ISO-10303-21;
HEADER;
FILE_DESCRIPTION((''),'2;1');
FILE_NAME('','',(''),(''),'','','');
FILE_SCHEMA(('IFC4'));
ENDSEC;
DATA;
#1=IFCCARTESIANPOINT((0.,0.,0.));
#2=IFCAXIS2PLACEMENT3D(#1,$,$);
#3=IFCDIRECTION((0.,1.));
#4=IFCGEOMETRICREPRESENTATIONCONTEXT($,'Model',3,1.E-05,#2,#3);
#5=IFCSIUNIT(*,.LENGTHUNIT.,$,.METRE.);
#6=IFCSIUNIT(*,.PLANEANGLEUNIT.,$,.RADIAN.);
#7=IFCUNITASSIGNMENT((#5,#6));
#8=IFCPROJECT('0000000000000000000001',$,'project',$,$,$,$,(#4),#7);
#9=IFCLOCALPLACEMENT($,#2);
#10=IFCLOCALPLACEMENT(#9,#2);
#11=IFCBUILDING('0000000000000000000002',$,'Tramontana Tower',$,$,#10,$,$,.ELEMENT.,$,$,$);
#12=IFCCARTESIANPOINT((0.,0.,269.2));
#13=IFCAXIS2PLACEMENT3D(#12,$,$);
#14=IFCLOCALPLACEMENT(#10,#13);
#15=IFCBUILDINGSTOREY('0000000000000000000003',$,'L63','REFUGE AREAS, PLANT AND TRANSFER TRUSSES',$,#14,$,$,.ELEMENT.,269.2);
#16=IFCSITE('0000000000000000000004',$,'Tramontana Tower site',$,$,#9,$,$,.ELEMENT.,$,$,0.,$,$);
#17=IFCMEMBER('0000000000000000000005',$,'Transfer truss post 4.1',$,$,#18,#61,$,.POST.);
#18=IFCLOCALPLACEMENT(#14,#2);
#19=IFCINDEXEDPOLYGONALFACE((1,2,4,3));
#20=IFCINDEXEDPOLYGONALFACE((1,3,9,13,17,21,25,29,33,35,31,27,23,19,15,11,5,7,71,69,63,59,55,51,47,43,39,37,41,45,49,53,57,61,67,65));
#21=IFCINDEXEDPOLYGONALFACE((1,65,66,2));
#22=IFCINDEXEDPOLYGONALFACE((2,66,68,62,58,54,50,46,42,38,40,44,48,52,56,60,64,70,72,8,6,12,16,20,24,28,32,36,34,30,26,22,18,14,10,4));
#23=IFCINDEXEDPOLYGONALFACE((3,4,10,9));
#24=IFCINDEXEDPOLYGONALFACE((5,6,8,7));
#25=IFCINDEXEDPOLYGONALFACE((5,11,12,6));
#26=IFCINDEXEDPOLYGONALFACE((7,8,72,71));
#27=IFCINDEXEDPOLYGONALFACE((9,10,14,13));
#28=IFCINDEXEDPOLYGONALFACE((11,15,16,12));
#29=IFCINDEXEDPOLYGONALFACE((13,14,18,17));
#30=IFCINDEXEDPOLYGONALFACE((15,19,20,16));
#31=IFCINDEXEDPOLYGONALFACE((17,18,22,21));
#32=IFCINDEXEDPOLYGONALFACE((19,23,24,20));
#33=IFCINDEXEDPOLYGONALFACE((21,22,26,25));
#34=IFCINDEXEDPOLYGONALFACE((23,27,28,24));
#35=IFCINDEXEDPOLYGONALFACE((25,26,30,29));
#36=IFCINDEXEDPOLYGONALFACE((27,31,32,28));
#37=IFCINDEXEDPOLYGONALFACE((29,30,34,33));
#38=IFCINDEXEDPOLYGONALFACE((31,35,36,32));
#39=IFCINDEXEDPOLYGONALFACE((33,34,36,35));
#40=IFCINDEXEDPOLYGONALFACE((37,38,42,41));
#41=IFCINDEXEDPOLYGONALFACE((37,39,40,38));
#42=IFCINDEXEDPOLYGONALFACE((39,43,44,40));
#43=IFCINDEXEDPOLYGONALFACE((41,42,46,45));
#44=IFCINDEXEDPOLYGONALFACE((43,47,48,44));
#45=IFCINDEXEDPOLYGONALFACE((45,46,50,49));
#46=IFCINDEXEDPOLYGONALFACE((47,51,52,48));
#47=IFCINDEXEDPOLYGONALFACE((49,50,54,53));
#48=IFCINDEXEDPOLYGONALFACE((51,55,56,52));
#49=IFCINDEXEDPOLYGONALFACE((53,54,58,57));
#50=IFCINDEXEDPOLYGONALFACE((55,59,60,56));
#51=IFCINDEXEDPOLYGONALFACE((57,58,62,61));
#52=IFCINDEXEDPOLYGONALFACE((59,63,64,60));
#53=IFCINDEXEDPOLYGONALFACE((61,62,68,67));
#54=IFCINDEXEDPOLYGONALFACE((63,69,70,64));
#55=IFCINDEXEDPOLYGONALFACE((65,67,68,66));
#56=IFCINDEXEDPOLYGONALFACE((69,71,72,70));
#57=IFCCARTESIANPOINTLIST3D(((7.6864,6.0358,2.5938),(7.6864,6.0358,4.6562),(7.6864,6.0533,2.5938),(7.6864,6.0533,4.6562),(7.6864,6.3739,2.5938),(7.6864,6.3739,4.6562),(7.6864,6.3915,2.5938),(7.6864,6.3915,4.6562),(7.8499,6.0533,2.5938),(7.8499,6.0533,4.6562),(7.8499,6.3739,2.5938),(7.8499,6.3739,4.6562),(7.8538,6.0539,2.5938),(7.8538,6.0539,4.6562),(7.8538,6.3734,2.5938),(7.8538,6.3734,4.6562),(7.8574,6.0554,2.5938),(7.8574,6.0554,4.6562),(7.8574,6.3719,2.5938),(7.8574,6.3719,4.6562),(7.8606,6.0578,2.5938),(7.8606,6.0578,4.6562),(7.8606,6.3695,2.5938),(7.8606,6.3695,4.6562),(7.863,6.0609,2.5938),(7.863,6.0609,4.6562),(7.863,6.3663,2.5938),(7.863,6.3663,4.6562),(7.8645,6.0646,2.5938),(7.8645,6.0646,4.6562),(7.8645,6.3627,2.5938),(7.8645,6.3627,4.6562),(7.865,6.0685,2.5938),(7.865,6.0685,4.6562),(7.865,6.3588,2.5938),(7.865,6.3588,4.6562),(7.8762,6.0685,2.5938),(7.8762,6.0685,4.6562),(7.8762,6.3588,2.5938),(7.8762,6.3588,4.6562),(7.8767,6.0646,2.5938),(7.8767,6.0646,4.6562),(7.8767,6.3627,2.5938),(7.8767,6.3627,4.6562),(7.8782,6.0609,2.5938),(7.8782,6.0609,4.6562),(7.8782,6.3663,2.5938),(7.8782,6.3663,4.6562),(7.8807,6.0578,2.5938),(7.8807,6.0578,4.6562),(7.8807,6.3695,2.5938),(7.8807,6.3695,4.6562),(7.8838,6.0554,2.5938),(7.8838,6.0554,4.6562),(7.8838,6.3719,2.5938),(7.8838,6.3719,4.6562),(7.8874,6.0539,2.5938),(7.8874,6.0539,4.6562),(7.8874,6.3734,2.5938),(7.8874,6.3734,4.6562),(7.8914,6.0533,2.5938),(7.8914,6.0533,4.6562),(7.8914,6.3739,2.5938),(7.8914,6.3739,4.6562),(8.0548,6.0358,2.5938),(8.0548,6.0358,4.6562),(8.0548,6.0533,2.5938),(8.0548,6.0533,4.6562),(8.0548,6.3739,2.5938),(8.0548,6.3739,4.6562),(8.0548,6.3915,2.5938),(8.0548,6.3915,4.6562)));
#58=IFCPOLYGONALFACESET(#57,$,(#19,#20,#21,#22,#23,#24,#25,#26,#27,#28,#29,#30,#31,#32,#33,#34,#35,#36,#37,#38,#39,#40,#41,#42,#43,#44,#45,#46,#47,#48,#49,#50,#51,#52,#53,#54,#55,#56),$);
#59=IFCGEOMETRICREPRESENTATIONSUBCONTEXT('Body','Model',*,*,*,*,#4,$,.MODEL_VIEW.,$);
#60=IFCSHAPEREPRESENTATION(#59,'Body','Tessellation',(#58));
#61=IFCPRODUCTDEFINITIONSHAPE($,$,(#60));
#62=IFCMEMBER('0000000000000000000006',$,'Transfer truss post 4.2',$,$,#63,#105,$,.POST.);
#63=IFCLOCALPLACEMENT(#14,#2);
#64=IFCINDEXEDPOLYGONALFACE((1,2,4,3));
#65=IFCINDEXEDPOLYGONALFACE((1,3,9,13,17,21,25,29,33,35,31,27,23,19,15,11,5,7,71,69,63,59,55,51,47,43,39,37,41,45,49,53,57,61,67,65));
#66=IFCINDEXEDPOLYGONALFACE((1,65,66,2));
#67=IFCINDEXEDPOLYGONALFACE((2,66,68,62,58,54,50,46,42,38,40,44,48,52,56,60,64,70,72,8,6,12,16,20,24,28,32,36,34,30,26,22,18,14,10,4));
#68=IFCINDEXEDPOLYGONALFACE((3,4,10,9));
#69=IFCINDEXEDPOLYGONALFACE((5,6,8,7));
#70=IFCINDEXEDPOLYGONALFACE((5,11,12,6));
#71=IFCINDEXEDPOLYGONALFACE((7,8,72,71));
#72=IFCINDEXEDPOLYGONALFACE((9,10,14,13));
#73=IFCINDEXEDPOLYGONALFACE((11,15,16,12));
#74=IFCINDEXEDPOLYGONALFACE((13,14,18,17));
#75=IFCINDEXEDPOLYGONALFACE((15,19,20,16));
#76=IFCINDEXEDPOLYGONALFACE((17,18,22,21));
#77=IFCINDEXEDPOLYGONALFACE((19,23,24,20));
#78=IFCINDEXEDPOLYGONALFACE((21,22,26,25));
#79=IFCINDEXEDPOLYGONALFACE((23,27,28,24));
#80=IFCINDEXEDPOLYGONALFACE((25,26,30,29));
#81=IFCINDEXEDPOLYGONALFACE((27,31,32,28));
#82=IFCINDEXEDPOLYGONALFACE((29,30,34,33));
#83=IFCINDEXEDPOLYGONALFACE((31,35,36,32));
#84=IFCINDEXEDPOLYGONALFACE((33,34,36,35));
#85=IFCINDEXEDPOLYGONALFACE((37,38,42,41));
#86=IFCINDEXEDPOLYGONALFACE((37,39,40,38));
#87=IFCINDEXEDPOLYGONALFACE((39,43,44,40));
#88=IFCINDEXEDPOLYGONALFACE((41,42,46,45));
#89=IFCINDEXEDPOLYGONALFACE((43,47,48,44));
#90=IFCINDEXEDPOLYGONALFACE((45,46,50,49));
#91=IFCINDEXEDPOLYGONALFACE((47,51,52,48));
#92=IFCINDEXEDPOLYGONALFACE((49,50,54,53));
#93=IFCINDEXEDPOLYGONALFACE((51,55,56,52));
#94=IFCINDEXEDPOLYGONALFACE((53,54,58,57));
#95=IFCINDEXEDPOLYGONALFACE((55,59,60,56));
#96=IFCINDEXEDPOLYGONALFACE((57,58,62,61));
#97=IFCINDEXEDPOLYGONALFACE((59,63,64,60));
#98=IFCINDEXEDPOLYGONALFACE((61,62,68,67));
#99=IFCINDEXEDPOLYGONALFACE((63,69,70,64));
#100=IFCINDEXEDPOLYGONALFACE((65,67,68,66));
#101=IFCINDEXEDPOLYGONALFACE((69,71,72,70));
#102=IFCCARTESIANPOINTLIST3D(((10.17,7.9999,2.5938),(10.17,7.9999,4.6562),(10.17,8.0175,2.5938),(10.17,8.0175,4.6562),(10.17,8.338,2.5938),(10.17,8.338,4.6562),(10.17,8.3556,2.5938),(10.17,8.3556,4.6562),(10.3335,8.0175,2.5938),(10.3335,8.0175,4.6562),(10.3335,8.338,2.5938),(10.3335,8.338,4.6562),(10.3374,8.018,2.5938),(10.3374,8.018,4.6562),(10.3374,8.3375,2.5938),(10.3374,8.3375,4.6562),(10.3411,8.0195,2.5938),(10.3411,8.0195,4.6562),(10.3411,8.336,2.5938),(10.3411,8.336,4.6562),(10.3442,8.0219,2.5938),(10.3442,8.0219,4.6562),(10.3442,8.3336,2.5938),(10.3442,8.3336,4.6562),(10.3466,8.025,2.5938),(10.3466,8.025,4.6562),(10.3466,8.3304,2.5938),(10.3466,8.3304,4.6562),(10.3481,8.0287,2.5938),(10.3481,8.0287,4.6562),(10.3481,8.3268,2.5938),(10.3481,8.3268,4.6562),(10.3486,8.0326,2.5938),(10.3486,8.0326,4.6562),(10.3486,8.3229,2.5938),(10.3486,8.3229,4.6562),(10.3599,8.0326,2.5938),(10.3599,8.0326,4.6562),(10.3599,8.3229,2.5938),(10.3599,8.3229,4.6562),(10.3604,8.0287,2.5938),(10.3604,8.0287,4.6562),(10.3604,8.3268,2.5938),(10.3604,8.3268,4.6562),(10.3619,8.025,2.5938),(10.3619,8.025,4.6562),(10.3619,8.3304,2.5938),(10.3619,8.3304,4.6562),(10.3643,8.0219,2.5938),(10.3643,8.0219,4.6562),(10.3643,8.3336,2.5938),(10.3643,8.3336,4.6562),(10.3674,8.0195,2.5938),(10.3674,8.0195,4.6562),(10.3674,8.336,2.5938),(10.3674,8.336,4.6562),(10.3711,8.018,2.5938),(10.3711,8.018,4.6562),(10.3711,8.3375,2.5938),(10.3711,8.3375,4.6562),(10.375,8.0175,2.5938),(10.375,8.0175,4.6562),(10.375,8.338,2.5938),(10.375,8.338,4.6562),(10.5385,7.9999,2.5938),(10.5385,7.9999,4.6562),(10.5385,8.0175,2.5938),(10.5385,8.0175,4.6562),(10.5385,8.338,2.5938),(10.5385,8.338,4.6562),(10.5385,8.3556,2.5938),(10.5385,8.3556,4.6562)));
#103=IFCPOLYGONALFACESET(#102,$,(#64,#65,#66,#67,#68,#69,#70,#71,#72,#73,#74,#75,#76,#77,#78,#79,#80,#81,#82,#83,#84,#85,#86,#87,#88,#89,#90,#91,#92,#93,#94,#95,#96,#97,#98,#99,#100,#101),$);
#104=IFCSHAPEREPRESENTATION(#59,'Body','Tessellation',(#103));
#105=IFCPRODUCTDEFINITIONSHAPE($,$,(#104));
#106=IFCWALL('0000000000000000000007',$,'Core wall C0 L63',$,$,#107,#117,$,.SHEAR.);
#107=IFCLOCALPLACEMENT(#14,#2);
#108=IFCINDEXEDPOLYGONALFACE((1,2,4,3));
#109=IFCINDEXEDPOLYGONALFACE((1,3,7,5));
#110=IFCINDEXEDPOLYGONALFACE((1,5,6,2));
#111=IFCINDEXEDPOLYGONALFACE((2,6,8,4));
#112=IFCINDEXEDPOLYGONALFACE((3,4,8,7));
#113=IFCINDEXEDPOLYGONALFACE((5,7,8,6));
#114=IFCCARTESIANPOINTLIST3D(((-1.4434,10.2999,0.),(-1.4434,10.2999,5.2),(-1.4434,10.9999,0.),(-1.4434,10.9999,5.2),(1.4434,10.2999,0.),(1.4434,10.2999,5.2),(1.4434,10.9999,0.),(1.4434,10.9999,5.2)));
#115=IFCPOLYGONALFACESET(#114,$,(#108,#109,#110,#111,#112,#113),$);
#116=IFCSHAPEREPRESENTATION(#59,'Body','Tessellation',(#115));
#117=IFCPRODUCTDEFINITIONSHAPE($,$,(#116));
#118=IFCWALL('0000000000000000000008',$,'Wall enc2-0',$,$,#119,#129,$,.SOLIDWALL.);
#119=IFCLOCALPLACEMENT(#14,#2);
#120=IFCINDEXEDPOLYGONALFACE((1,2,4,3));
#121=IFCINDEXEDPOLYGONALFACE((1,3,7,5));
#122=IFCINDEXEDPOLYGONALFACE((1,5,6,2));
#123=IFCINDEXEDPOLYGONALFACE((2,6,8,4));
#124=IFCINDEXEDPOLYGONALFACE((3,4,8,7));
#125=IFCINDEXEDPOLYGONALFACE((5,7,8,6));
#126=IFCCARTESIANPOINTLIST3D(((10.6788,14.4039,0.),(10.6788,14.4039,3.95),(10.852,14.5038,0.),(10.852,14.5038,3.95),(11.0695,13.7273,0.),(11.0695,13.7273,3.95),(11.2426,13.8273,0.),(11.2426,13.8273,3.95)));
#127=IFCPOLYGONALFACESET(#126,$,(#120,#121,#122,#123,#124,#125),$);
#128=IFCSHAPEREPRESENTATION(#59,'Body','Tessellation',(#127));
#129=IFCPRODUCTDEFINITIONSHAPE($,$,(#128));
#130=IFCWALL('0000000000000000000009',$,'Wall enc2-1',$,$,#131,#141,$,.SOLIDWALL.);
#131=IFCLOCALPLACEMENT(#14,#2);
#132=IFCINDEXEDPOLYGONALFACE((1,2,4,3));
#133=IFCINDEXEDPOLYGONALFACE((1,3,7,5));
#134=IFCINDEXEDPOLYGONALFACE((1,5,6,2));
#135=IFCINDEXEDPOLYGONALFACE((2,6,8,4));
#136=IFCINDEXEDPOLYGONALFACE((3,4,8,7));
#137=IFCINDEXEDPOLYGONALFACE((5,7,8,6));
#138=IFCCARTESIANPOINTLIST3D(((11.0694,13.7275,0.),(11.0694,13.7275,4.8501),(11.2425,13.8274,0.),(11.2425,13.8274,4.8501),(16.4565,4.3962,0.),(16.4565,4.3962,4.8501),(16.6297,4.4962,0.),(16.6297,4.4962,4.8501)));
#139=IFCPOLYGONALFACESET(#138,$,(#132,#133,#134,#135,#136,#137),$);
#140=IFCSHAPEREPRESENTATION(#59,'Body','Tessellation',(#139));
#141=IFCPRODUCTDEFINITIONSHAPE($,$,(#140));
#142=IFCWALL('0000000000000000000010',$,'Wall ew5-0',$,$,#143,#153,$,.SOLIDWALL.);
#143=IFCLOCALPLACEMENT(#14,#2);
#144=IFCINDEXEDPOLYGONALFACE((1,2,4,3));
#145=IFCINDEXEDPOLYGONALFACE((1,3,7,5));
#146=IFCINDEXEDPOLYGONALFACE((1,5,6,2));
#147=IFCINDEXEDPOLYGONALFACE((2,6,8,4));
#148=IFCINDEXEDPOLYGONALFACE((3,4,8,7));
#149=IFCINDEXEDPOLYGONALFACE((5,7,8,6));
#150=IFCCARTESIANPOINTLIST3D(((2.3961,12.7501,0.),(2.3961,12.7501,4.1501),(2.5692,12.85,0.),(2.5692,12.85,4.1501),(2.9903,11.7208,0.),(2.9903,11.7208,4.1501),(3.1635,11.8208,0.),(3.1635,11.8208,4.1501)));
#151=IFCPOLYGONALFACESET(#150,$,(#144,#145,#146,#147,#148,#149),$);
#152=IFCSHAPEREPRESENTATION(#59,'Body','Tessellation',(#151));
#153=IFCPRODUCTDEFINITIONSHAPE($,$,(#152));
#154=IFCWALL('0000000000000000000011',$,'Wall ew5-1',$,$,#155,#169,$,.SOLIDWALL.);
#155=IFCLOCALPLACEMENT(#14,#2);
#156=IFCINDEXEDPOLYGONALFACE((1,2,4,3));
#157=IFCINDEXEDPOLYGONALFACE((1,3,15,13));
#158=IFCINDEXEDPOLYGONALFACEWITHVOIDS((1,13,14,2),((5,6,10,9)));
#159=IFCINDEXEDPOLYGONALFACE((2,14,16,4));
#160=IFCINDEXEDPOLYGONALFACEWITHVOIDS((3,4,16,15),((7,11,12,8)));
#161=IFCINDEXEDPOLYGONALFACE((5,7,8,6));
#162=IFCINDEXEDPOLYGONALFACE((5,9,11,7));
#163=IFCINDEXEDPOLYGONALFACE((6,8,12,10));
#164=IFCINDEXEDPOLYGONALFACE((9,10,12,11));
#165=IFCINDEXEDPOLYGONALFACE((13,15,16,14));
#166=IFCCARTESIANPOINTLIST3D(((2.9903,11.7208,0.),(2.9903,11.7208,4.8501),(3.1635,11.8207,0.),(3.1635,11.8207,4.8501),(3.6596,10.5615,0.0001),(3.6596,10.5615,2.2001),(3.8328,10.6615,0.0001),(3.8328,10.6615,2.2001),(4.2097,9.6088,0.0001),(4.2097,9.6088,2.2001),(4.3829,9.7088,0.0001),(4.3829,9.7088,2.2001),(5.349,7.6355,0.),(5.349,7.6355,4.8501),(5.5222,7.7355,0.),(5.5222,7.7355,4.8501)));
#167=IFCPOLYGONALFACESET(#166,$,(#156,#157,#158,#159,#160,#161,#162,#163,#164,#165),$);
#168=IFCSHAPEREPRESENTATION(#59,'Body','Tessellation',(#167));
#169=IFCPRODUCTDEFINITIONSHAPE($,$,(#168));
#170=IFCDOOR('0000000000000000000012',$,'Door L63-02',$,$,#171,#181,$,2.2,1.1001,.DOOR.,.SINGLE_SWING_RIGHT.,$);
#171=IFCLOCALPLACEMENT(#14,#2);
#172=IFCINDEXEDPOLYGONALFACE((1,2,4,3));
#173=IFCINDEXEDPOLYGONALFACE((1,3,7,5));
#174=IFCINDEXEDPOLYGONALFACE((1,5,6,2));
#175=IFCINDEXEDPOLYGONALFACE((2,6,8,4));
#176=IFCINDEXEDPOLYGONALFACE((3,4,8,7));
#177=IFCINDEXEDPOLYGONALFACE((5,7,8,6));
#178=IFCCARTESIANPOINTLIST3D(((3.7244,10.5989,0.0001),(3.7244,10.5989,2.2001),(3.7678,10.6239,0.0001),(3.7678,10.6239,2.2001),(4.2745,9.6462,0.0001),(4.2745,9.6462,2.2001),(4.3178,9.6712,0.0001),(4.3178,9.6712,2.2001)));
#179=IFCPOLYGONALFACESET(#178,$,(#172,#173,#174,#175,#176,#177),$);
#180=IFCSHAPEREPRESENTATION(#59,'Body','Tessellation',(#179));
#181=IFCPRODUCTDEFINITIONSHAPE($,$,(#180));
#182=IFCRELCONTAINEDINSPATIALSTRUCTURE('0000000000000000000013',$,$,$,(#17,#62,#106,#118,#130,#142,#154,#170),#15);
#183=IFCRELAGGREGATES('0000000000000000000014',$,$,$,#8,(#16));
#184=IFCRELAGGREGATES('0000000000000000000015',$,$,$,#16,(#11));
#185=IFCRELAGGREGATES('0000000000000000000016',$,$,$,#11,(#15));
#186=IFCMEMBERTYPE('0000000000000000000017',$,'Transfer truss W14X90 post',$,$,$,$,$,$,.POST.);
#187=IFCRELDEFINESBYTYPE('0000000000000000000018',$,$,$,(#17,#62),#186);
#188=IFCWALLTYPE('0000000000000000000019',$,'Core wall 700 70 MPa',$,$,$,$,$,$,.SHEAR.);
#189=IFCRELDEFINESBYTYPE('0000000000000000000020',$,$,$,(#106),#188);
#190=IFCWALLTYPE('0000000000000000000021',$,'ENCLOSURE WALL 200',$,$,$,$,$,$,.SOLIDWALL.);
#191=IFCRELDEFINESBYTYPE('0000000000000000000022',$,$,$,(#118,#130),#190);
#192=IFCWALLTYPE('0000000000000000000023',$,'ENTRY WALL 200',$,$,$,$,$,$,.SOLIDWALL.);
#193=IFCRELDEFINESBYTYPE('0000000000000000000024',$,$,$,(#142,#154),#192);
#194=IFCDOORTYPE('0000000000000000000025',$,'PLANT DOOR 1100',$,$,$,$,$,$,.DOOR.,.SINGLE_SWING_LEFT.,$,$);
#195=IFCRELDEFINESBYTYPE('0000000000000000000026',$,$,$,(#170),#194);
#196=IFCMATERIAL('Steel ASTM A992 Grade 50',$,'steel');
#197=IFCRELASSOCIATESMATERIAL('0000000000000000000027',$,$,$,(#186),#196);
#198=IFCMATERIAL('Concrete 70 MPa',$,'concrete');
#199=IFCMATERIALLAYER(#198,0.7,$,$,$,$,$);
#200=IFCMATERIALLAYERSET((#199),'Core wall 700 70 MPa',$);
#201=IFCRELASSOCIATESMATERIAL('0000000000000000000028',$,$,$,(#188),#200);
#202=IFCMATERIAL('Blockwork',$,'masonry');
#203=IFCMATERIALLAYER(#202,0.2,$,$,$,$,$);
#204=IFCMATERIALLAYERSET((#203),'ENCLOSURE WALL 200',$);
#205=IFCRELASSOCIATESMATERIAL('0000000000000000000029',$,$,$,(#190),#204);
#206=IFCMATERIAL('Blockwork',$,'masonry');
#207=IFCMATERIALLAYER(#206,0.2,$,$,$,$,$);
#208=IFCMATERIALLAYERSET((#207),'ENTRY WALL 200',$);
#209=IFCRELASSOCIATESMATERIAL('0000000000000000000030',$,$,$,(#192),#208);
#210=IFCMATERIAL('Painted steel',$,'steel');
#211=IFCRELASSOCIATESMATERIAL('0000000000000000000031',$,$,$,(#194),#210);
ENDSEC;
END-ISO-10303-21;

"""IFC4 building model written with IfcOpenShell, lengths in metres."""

from ifc_helpers import new_model, si_unit, direction, frame, frame_2d, origin, origin_2d, place, context, subcontext, project, spatial, rectangle, i_section, extrude, material, layer, layer_set, material_profile, profile_set, type_object, element, fill, save


model = new_model("IFC4")

# Units and contexts
model_context = context("Model", 3, precision=1e-05, world=origin(), true_north=direction((0.0, 1.0)))
body_context = subcontext(model_context, "Body", "Model", "MODEL_VIEW")
ifc_project = project(units=[si_unit("LENGTHUNIT", "METRE"), si_unit("PLANEANGLEUNIT", "RADIAN")], contexts=[model_context])

# Site, building, storey
site_placement = place(None, origin())
site = spatial("IfcSite", under=ifc_project, at=site_placement, Name="Tramontana Tower site", CompositionType="ELEMENT", RefElevation=0.0)
building_placement = place(site_placement, origin())
building = spatial("IfcBuilding", under=site, at=building_placement, Name="Tramontana Tower", CompositionType="ELEMENT")
storey_placement = place(building_placement, frame((0.0, 0.0, 269.2)))
storey = spatial("IfcBuildingStorey", under=building, at=storey_placement, Name="L63", Description="REFUGE AREAS, PLANT AND TRANSFER TRUSSES", CompositionType="ELEMENT", Elevation=269.2)

# Members
ifc_material_1 = material(Name="Steel ASTM A992 Grade 50", Category="steel")
ifc_material_profile_1 = material_profile(ifc_material_1, i_section(OverallWidth=0.3684, OverallDepth=0.3557, WebThickness=0.0112, FlangeThickness=0.0176, FilletRadius=0.0151, at=origin_2d()), Name="W14X90")
ifc_profile_set_1 = profile_set([ifc_material_profile_1], Name="Steel ASTM A992 Grade 50")
member_type_1 = type_object("IfcMemberType", Name="Transfer truss W14X90 post", PredefinedType="POST", material=ifc_profile_set_1)
for number, where, z_axis, x_axis, name in (
    (1, (7.8706, 6.2136, 2.5938), (0.0, 0.0, 1.0), (1.0, 0.0, 0.0), "Transfer truss post 4.1"),
    (2, (10.3542, 8.1777, 2.5938), (0.0, 0.0, 1.0), (1.0, 0.0, 0.0), "Transfer truss post 4.2"),
):
    element("IfcMember", number, at=place(storey_placement, frame(where, z_axis=z_axis, x_axis=x_axis)), inside=storey, type_object=member_type_1, Name=name, PredefinedType="POST", context=body_context, shape_type="SweptSolid", body=[
        extrude(i_section(OverallWidth=0.3684, OverallDepth=0.3557, WebThickness=0.0112, FlangeThickness=0.0176, FilletRadius=0.0151, at=origin_2d()), origin(), (0.0, 0.0, 1.0), 2.0625),
    ])

# Walls
ifc_material_2 = material(Name="Concrete 70 MPa", Category="concrete")
ifc_layer_1 = layer(ifc_material_2, 0.7)
ifc_layer_set_1 = layer_set([ifc_layer_1], Name="Core wall 700 70 MPa")
wall_type_1 = type_object("IfcWallType", Name="Core wall 700 70 MPa", PredefinedType="SHEAR", material=ifc_layer_set_1)
wall_1_placement = place(storey_placement, frame((1.4434, 10.6499, 0.0), z_axis=(0.0, 0.0, 1.0), x_axis=(-1.0, 0.0, 0.0)))
element("IfcWall", 3, at=wall_1_placement, inside=storey, type_object=wall_type_1, Name="Core wall C0 L63", PredefinedType="SHEAR", context=body_context, shape_type="SweptSolid", body=[
    extrude(rectangle(XDim=2.8867, YDim=0.7, at=frame_2d((1.4434, 0.0))), origin(), (0.0, 0.0, 1.0), 5.2),
])
ifc_material_3 = material(Name="Blockwork", Category="masonry")
ifc_layer_2 = layer(ifc_material_3, 0.2)
ifc_layer_set_2 = layer_set([ifc_layer_2], Name="ENCLOSURE WALL 200")
wall_type_2 = type_object("IfcWallType", Name="ENCLOSURE WALL 200", PredefinedType="SOLIDWALL", material=ifc_layer_set_2)
wall_2_placement = place(storey_placement, frame((10.7654, 14.4539, 0.0), z_axis=(0.0, 0.0, 1.0), x_axis=(0.500038, -0.866003, 0.0)))
element("IfcWall", 4, at=wall_2_placement, inside=storey, type_object=wall_type_2, Name="Wall enc2-0", PredefinedType="SOLIDWALL", context=body_context, shape_type="SweptSolid", body=[
    extrude(rectangle(XDim=0.7812, YDim=0.2, at=frame_2d((0.3906, 0.0))), origin(), (0.0, 0.0, 1.0), 3.95),
])
wall_3_placement = place(storey_placement, frame((11.156, 13.7773, 0.0), z_axis=(0.0, 0.0, 1.0), x_axis=(0.499985, -0.866034, 0.0)))
element("IfcWall", 5, at=wall_3_placement, inside=storey, type_object=wall_type_2, Name="Wall enc2-1", PredefinedType="SOLIDWALL", context=body_context, shape_type="SweptSolid", body=[
    extrude(rectangle(XDim=10.7747, YDim=0.2, at=frame_2d((5.3872, 0.0))), origin(), (0.0, 0.0, 1.0), 4.8501),
])
ifc_material_4 = material(Name="Blockwork", Category="masonry")
ifc_layer_3 = layer(ifc_material_4, 0.2)
ifc_layer_set_3 = layer_set([ifc_layer_3], Name="ENTRY WALL 200")
wall_type_3 = type_object("IfcWallType", Name="ENTRY WALL 200", PredefinedType="SOLIDWALL", material=ifc_layer_set_3)
wall_4_placement = place(storey_placement, frame((2.4827, 12.8, 0.0), z_axis=(0.0, 0.0, 1.0), x_axis=(0.499983, -0.866035, 0.0)))
element("IfcWall", 6, at=wall_4_placement, inside=storey, type_object=wall_type_3, Name="Wall ew5-0", PredefinedType="SOLIDWALL", context=body_context, shape_type="SweptSolid", body=[
    extrude(rectangle(XDim=1.1885, YDim=0.2, at=frame_2d((0.5942, 0.0))), origin(), (0.0, 0.0, 1.0), 4.1501),
])

# Wall, opening, door
wall_5_placement = place(storey_placement, frame((3.0769, 11.7708, 0.0), z_axis=(0.0, 0.0, 1.0), x_axis=(0.500008, -0.866021, 0.0)))
wall_5 = element("IfcWall", 7, at=wall_5_placement, inside=storey, type_object=wall_type_3, Name="Wall ew5-1", PredefinedType="SOLIDWALL", context=body_context, shape_type="SweptSolid", body=[
    extrude(rectangle(XDim=4.7173, YDim=0.2, at=frame_2d((2.3586, 0.0))), origin(), (0.0, 0.0, 1.0), 4.8501),
])
opening_1_placement = place(wall_5_placement, frame((1.3386, 0.0, 0.0)))
opening_1 = element("IfcOpeningElement", 8, at=opening_1_placement, cuts=wall_5, PredefinedType="OPENING", context=body_context, shape_type="SweptSolid", body=[
    extrude(rectangle(XDim=1.1001, YDim=2.2, at=frame_2d((0.55, 1.1001))), frame((0.0, 0.1099, 0.0), z_axis=(0.0, -1.0, 0.0), x_axis=(1.0, 0.0, 0.0)), (0.0, 0.0, 1.0), 0.22),
])
ifc_material_5 = material(Name="Painted steel", Category="steel")
door_type = type_object("IfcDoorType", Name="PLANT DOOR 1100", OperationType="SINGLE_SWING_LEFT", PredefinedType="DOOR", material=ifc_material_5)
door_1_placement = place(opening_1_placement, origin())
door_1 = element("IfcDoor", 9, at=door_1_placement, inside=storey, type_object=door_type, Name="Door L63-02", OperationType="SINGLE_SWING_RIGHT", OverallHeight=2.2, OverallWidth=1.1001, PredefinedType="DOOR", context=body_context, shape_type="SweptSolid", body=[
    extrude(rectangle(XDim=1.1001, YDim=2.2, at=frame_2d((0.55, 1.1001))), frame((0.0, 0.0249, 0.0), z_axis=(0.0, -1.0, 0.0), x_axis=(1.0, 0.0, 0.0)), (0.0, 0.0, 1.0), 0.05),
])
fill(opening_1, door_1)

save(model, "model.ifc")
